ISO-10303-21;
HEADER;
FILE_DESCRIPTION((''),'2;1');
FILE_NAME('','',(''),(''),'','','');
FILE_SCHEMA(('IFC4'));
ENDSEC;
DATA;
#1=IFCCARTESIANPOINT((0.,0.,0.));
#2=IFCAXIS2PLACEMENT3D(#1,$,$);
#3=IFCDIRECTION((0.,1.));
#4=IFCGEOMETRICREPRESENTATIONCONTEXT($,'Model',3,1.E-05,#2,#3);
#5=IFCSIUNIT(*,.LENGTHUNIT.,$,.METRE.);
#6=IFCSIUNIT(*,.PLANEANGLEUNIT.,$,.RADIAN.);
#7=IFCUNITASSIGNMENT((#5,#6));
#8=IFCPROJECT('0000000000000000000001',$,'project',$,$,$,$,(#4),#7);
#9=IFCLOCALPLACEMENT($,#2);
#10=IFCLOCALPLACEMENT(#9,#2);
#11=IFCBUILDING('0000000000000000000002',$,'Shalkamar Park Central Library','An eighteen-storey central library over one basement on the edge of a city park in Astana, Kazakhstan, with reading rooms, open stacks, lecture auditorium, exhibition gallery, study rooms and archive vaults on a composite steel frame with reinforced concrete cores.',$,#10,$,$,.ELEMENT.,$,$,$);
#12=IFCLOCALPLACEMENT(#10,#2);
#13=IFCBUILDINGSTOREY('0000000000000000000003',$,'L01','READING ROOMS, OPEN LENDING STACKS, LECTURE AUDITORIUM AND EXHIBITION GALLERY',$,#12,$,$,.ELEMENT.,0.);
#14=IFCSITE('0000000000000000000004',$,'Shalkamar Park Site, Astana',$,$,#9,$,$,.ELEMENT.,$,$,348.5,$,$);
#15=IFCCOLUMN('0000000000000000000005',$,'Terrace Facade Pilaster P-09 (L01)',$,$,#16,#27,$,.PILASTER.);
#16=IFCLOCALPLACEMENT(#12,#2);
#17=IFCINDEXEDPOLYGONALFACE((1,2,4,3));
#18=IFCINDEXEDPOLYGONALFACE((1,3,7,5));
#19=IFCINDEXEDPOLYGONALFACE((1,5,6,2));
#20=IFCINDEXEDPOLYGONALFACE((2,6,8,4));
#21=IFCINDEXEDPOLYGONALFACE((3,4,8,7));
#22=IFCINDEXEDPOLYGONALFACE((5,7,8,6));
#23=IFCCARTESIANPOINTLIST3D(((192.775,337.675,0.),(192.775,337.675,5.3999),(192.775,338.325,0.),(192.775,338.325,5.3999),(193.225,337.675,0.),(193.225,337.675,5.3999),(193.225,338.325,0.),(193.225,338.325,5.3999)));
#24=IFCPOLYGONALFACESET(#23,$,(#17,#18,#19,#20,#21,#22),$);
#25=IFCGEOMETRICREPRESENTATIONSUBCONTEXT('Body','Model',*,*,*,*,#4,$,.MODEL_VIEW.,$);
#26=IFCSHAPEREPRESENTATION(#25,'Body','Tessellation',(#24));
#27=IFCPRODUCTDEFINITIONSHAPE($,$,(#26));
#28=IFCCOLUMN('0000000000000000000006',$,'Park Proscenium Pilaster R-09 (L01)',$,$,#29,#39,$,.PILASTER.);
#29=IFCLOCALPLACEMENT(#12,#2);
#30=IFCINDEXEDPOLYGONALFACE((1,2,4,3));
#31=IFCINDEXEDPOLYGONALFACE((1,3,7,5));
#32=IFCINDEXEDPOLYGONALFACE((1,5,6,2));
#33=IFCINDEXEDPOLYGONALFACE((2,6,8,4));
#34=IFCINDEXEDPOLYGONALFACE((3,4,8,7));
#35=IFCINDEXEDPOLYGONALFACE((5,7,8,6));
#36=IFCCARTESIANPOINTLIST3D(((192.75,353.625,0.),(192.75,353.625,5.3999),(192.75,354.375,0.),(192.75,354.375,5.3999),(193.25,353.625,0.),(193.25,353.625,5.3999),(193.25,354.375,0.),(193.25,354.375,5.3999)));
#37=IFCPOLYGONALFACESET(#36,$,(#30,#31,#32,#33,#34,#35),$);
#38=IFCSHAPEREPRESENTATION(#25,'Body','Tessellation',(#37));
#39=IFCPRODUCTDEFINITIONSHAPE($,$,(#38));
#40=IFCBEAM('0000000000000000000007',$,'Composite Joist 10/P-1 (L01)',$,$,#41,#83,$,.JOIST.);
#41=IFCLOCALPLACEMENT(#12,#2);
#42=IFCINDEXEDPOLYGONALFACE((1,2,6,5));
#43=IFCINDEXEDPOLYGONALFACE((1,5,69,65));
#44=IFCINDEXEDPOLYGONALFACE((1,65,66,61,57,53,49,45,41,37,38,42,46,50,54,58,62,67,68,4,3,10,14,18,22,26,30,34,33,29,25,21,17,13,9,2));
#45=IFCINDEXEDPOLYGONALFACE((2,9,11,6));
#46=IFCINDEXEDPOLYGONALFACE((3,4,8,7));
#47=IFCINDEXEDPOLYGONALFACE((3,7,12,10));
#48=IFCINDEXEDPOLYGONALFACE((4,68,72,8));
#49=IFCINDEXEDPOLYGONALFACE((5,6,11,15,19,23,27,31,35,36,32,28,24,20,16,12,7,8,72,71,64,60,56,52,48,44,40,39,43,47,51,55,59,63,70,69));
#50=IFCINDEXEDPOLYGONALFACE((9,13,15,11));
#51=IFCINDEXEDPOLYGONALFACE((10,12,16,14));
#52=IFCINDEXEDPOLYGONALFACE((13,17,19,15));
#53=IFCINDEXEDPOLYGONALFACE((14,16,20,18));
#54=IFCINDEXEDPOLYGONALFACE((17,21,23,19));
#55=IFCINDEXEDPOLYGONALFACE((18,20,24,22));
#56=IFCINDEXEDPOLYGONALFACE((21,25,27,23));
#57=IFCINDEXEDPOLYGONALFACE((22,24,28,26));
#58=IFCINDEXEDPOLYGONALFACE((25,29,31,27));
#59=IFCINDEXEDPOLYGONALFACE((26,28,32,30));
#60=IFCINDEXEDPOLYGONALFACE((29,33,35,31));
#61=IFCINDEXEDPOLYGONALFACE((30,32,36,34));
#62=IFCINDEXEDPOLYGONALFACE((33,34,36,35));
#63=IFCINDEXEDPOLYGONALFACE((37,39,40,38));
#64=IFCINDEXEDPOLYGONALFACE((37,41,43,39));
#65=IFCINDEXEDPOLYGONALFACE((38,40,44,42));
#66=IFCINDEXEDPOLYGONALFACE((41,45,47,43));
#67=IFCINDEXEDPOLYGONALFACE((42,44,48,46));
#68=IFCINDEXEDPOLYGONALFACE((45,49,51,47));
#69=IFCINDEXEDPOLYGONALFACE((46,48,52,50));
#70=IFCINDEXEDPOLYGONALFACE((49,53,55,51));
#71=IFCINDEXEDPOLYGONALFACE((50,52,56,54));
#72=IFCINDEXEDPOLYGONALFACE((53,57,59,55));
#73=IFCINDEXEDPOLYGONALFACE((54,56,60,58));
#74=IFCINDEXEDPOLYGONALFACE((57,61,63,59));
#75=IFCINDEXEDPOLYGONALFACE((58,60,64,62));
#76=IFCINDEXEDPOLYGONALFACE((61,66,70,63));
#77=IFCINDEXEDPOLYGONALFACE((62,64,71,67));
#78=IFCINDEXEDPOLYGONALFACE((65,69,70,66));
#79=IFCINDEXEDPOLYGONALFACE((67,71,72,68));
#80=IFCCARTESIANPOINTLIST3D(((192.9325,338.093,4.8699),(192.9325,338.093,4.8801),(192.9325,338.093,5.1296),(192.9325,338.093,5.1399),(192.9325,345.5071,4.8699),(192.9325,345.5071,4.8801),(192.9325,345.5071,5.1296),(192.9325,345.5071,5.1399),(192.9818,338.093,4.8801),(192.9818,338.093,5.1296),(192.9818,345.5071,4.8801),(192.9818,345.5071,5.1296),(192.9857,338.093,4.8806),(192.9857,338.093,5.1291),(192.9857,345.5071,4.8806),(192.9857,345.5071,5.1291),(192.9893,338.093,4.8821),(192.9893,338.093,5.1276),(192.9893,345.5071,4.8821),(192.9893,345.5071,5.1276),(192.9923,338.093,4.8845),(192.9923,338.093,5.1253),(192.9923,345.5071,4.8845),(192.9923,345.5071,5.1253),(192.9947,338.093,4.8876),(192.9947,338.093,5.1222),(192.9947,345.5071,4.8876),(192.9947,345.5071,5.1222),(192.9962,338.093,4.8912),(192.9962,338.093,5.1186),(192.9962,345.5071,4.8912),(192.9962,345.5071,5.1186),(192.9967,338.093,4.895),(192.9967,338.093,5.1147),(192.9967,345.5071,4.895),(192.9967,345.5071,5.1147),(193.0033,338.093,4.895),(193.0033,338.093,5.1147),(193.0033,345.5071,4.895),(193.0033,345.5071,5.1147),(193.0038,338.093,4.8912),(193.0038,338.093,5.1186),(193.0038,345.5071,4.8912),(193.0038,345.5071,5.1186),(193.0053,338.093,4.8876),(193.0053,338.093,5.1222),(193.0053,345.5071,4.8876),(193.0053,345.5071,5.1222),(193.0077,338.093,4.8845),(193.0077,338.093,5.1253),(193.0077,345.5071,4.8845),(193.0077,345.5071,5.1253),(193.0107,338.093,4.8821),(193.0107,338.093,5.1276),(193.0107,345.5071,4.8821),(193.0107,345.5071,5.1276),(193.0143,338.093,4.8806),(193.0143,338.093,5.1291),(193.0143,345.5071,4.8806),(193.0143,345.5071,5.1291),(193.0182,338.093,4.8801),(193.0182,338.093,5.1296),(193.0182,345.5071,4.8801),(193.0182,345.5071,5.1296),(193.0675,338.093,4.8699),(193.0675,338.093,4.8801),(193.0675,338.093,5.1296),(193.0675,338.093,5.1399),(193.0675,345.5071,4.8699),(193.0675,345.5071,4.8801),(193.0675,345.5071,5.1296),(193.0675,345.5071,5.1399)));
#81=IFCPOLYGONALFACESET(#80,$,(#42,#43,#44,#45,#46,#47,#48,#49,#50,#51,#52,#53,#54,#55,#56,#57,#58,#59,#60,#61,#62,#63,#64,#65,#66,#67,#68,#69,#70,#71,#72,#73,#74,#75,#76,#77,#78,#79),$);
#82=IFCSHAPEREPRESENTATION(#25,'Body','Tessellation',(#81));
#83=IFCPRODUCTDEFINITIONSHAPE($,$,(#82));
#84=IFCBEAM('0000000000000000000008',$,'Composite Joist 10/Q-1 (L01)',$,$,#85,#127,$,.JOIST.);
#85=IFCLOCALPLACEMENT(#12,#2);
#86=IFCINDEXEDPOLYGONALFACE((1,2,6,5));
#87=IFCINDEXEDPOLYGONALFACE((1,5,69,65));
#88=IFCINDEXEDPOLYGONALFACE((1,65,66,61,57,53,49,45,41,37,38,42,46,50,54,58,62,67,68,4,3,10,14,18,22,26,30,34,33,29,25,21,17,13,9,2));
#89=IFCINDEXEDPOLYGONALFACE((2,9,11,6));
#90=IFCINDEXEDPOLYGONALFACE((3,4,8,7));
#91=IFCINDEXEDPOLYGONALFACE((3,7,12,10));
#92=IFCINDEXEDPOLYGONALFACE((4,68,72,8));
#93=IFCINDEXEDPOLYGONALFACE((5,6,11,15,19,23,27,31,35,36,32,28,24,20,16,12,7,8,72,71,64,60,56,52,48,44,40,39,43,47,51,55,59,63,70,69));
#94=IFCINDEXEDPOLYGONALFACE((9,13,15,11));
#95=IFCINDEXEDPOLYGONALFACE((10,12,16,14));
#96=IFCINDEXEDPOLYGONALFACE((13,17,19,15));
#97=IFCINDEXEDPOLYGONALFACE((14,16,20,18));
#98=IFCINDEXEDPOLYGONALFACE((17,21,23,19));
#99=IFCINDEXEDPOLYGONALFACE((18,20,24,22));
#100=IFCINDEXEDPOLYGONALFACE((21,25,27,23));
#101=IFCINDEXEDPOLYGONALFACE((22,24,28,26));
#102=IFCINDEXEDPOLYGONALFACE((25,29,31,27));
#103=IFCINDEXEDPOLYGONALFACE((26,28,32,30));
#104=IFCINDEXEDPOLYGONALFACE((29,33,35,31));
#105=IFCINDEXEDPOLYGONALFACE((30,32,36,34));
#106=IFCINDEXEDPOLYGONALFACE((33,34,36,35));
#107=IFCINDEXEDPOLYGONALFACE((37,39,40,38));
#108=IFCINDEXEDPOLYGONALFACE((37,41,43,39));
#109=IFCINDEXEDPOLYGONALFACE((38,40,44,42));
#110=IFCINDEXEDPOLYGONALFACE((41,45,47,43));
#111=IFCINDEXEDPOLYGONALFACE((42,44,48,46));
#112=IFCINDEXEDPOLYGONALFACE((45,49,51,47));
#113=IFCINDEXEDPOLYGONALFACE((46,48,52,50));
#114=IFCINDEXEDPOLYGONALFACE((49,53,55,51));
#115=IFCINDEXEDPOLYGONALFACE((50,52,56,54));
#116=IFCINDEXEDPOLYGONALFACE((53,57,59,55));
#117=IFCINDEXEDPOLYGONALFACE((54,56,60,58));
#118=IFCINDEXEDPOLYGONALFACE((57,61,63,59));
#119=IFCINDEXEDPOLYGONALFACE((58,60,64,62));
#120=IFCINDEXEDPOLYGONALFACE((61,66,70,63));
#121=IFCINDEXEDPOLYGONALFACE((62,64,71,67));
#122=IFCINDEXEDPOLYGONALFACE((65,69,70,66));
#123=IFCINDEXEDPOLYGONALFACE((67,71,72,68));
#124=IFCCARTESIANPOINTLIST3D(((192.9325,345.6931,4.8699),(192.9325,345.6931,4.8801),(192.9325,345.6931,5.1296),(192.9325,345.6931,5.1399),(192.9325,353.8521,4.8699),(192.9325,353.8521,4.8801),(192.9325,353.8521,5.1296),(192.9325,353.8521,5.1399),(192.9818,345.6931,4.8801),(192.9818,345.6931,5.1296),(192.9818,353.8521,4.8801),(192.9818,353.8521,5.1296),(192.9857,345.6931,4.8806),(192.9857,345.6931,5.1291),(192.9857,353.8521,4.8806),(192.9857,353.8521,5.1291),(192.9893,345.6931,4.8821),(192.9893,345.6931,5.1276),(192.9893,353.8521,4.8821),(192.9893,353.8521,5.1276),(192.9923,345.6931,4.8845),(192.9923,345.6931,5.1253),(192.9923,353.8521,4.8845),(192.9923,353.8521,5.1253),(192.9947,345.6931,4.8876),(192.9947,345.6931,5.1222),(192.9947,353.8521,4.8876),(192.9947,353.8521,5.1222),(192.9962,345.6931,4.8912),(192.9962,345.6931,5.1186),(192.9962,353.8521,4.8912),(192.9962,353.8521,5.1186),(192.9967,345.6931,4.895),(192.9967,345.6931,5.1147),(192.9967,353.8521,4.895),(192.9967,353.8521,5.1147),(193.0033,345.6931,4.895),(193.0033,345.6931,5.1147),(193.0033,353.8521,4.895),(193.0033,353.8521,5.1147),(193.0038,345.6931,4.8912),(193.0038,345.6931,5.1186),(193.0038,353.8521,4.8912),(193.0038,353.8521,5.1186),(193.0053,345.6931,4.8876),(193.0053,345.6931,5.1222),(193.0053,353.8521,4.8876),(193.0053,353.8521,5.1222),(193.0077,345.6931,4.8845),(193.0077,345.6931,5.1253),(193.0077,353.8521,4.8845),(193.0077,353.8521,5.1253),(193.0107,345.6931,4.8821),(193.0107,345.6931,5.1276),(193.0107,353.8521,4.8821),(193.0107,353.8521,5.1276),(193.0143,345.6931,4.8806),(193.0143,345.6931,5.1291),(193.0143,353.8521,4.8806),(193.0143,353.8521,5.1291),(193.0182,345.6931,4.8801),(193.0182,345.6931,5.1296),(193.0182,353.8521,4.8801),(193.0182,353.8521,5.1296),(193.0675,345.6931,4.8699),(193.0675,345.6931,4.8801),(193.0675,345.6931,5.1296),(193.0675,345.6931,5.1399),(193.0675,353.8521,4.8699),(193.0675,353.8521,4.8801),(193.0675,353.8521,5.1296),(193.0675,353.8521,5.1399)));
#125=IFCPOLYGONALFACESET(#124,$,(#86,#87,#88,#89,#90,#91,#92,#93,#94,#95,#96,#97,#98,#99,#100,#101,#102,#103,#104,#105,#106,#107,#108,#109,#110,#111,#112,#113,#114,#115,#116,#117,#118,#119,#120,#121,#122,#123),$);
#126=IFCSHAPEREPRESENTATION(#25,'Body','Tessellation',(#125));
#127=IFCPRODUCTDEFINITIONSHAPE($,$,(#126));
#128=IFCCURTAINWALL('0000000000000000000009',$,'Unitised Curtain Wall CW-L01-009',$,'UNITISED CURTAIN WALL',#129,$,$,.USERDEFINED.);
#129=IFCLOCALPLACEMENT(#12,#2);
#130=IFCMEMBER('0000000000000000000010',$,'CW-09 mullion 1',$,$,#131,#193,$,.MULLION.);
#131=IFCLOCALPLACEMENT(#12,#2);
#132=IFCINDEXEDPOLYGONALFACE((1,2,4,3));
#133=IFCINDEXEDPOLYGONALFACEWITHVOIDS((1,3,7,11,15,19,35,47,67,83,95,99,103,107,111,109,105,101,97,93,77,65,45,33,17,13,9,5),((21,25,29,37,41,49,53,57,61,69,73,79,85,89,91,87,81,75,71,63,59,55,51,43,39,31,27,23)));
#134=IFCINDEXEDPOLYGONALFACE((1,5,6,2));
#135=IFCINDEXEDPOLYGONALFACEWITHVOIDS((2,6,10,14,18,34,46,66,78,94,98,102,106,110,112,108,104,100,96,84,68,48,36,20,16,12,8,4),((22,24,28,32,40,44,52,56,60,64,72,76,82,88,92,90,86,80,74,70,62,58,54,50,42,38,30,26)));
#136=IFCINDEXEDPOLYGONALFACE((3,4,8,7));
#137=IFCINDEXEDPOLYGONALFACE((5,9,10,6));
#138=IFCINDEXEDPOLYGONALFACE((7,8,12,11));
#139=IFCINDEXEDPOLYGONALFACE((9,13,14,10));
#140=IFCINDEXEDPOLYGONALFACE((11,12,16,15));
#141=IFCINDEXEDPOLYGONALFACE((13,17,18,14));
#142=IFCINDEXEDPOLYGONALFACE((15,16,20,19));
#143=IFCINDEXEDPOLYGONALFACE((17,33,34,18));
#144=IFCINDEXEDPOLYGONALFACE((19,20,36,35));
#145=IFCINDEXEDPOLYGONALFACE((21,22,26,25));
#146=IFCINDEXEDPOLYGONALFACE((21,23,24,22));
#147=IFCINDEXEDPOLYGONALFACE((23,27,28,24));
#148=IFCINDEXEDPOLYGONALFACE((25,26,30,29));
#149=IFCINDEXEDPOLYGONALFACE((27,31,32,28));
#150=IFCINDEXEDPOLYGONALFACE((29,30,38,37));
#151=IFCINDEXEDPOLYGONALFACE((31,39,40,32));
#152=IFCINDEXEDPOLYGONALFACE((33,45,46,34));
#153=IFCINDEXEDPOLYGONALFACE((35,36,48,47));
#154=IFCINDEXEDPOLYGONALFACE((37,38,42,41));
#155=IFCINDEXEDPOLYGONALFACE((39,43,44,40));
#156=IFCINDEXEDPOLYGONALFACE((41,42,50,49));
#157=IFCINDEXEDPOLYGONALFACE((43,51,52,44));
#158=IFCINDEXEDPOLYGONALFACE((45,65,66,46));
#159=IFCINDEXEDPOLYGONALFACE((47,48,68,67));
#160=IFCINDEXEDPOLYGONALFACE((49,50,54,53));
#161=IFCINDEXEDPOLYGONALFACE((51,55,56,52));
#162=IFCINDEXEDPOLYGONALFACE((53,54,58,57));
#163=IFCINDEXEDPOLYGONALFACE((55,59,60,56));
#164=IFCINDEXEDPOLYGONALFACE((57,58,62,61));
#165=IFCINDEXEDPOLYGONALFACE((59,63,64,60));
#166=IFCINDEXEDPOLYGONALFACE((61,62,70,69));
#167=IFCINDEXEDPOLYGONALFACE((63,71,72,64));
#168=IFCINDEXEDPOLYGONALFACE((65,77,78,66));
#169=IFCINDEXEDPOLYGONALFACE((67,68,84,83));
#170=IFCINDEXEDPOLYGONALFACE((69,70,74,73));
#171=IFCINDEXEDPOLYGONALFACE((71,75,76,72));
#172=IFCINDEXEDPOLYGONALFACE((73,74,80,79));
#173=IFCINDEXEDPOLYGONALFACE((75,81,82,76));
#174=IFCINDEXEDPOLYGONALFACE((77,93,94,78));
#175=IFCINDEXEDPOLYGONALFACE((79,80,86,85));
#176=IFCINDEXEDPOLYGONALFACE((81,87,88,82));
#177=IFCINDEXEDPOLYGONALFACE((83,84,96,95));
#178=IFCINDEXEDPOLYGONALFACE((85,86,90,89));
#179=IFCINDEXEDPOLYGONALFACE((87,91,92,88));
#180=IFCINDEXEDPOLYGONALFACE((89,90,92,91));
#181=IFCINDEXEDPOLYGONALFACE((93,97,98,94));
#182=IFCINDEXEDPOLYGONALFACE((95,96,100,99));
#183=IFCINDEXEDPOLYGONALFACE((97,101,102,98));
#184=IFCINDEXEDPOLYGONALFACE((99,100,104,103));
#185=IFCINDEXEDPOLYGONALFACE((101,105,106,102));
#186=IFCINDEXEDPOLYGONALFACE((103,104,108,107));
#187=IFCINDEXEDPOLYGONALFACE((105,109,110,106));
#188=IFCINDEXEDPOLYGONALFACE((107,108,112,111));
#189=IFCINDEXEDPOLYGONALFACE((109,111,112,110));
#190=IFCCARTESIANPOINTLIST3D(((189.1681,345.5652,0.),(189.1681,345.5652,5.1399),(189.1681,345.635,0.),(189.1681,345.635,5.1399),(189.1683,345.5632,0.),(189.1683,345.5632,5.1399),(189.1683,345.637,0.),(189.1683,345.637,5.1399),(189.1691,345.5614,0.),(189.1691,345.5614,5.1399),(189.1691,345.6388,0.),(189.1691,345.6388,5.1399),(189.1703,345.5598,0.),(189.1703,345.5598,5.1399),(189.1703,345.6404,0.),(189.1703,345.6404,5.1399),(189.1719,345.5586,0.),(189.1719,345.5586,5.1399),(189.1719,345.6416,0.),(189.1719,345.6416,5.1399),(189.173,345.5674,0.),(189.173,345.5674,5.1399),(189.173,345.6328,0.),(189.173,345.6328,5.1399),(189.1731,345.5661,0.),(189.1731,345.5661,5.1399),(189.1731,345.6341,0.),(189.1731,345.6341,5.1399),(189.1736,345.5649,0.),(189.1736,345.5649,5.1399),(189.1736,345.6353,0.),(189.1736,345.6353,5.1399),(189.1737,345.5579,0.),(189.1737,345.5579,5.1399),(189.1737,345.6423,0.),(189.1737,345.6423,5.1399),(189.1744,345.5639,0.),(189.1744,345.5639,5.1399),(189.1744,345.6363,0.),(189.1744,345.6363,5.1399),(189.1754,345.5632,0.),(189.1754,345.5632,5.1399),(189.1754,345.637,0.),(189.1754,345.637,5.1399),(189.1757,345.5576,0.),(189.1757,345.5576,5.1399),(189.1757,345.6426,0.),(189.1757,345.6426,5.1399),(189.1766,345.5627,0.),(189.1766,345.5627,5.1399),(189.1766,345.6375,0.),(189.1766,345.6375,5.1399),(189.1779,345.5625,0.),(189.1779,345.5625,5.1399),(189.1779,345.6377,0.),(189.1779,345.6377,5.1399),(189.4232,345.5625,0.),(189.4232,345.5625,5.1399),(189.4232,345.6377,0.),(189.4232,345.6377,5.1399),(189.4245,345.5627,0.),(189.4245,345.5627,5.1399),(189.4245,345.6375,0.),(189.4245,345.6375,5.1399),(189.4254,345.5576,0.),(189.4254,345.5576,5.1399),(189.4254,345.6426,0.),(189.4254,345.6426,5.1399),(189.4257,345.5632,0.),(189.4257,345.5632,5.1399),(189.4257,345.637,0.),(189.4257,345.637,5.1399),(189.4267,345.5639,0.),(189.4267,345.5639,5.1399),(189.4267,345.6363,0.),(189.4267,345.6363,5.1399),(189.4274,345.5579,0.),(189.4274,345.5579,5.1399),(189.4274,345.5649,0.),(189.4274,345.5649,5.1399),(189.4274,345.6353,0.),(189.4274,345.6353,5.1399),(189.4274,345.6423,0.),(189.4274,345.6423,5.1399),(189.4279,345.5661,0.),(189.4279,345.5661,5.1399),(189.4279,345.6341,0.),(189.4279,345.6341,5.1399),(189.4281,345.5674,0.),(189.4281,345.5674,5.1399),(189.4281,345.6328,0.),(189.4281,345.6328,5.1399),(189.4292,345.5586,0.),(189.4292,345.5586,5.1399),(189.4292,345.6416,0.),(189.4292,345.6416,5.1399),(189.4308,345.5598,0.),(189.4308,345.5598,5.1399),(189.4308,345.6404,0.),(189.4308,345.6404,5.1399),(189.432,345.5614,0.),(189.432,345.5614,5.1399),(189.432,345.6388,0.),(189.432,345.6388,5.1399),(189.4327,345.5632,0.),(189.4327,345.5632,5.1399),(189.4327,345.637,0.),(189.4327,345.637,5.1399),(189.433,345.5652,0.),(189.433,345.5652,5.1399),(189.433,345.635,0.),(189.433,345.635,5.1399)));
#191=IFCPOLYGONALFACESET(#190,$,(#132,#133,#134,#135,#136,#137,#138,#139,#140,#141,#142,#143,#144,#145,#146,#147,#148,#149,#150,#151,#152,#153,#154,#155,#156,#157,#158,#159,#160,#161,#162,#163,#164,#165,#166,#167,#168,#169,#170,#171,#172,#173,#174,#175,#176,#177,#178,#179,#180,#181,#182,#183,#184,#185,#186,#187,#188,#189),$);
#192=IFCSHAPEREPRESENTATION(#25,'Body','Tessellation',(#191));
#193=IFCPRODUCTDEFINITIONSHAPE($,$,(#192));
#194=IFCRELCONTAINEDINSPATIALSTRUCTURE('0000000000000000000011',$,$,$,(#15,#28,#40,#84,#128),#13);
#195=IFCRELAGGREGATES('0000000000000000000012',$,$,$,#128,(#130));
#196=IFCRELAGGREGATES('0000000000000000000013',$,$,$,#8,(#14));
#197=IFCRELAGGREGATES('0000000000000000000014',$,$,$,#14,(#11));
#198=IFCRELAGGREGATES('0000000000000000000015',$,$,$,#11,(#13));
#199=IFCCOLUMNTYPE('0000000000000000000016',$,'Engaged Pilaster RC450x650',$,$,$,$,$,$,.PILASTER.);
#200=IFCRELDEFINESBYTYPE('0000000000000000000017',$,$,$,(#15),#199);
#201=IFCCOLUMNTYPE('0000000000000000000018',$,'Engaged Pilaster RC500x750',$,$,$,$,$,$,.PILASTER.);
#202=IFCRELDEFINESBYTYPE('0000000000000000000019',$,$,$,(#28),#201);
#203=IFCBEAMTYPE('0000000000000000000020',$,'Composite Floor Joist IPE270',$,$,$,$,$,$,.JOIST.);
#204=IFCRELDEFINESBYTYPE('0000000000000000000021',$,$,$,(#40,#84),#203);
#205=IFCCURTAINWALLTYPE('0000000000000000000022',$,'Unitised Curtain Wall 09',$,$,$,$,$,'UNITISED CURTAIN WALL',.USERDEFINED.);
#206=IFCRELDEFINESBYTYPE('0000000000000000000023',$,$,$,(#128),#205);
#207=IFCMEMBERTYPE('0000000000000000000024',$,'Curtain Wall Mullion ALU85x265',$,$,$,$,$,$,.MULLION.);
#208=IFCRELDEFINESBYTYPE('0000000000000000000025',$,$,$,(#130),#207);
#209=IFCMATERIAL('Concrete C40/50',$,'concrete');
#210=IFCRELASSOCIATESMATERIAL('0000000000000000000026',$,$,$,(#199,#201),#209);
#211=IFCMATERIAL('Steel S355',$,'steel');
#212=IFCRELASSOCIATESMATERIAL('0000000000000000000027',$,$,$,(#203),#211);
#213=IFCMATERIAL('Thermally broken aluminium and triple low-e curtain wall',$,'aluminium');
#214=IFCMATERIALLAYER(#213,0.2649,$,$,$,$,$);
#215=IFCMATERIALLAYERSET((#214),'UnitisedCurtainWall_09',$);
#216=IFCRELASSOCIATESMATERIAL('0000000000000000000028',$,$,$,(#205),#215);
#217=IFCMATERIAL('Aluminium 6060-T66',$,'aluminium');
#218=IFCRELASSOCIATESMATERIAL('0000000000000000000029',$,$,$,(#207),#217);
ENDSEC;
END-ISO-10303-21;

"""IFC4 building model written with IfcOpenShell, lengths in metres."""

from ifc_helpers import new_model, si_unit, direction, frame, origin, origin_2d, place, context, subcontext, project, spatial, rectangle, hollow_rectangle, i_section, extrude, material, layer, layer_set, material_profile, profile_set, type_object, element, aggregate, save


model = new_model("IFC4")

# Units and contexts
model_context = context("Model", 3, precision=1e-05, world=origin(), true_north=direction((0.0, 1.0)))
body_context = subcontext(model_context, "Body", "Model", "MODEL_VIEW")
ifc_project = project(units=[si_unit("LENGTHUNIT", "METRE"), si_unit("PLANEANGLEUNIT", "RADIAN")], contexts=[model_context])

# Site, building, storey
site_placement = place(None, origin())
site = spatial("IfcSite", under=ifc_project, at=site_placement, Name="Shalkamar Park Site, Astana", CompositionType="ELEMENT", RefElevation=348.5)
building_placement = place(site_placement, origin())
building = spatial("IfcBuilding", under=site, at=building_placement, Name="Shalkamar Park Central Library", Description="An eighteen-storey central library over one basement on the edge of a city park in Astana, Kazakhstan, with reading rooms, open stacks, lecture auditorium, exhibition gallery, study rooms and archive vaults on a composite steel frame with reinforced concrete cores.", CompositionType="ELEMENT")
storey_placement = place(building_placement, origin())
storey = spatial("IfcBuildingStorey", under=building, at=storey_placement, Name="L01", Description="READING ROOMS, OPEN LENDING STACKS, LECTURE AUDITORIUM AND EXHIBITION GALLERY", CompositionType="ELEMENT", Elevation=0.0)

# Columns
ifc_material_1 = material(Name="Steel S355", Category="steel")
ifc_material_2 = material(Name="Concrete C40/50", Category="concrete")
ifc_material_profile_1 = material_profile(ifc_material_2, rectangle(XDim=0.45, YDim=0.6499, at=origin_2d()), Name="RC 450x650")
ifc_profile_set_1 = profile_set([ifc_material_profile_1], Name="Concrete C40/50")
column_type_1 = type_object("IfcColumnType", Name="Engaged Pilaster RC450x650", PredefinedType="PILASTER", material=ifc_profile_set_1)
column_1_placement = place(storey_placement, frame((193.0, 338.0, 0.0), z_axis=(0.0, 0.0, 1.0), x_axis=(1.0, 0.0, 0.0)))
element("IfcColumn", 1, at=column_1_placement, inside=storey, type_object=column_type_1, Name="Terrace Facade Pilaster P-09 (L01)", PredefinedType="PILASTER", context=body_context, shape_type="SweptSolid", body=[
    extrude(rectangle(XDim=0.45, YDim=0.6499, at=origin_2d()), origin(), (0.0, 0.0, 1.0), 5.3999),
])
ifc_material_profile_2 = material_profile(ifc_material_2, rectangle(XDim=0.5, YDim=0.75, at=origin_2d()), Name="RC 500x750")
ifc_profile_set_2 = profile_set([ifc_material_profile_2], Name="Concrete C40/50")
column_type_2 = type_object("IfcColumnType", Name="Engaged Pilaster RC500x750", PredefinedType="PILASTER", material=ifc_profile_set_2)
column_2_placement = place(storey_placement, frame((193.0, 354.0, 0.0), z_axis=(0.0, 0.0, 1.0), x_axis=(1.0, 0.0, 0.0)))
element("IfcColumn", 2, at=column_2_placement, inside=storey, type_object=column_type_2, Name="Park Proscenium Pilaster R-09 (L01)", PredefinedType="PILASTER", context=body_context, shape_type="SweptSolid", body=[
    extrude(rectangle(XDim=0.5, YDim=0.75, at=origin_2d()), origin(), (0.0, 0.0, 1.0), 5.3999),
])

# Beams
ifc_material_profile_3 = material_profile(ifc_material_1, i_section(OverallWidth=0.135, OverallDepth=0.27, WebThickness=0.0066, FlangeThickness=0.0103, FilletRadius=0.0149, at=origin_2d()), Name="IPE 270")
ifc_profile_set_3 = profile_set([ifc_material_profile_3], Name="Steel S355")
beam_type_1 = type_object("IfcBeamType", Name="Composite Floor Joist IPE270", PredefinedType="JOIST", material=ifc_profile_set_3)
beam_1_placement = place(storey_placement, frame((193.0, 338.093, 5.0049), z_axis=(0.0, 1.0, 0.0), x_axis=(-1.0, 0.0, 0.0)))
element("IfcBeam", 3, at=beam_1_placement, inside=storey, type_object=beam_type_1, Name="Composite Joist 10/P-1 (L01)", PredefinedType="JOIST", context=body_context, shape_type="SweptSolid", body=[
    extrude(i_section(OverallWidth=0.135, OverallDepth=0.27, WebThickness=0.0066, FlangeThickness=0.0103, FilletRadius=0.0149, at=origin_2d()), origin(), (0.0, 0.0, 1.0), 7.4141),
])
beam_2_placement = place(storey_placement, frame((193.0, 345.6931, 5.0049), z_axis=(0.0, 1.0, 0.0), x_axis=(-1.0, 0.0, 0.0)))
element("IfcBeam", 4, at=beam_2_placement, inside=storey, type_object=beam_type_1, Name="Composite Joist 10/Q-1 (L01)", PredefinedType="JOIST", context=body_context, shape_type="SweptSolid", body=[
    extrude(i_section(OverallWidth=0.135, OverallDepth=0.27, WebThickness=0.0066, FlangeThickness=0.0103, FilletRadius=0.0149, at=origin_2d()), origin(), (0.0, 0.0, 1.0), 8.1589),
])

# Curtain wall, member
ifc_material_3 = material(Name="Thermally broken aluminium and triple low-e curtain wall", Category="aluminium")
ifc_layer_1 = layer(ifc_material_3, 0.2649)
ifc_layer_set_1 = layer_set([ifc_layer_1], Name="UnitisedCurtainWall_09")
curtain_wall_type = type_object("IfcCurtainWallType", Name="Unitised Curtain Wall 09", ElementType="UNITISED CURTAIN WALL", PredefinedType="USERDEFINED", material=ifc_layer_set_1)
curtain_wall_placement = place(storey_placement, origin())
curtain_wall = element("IfcCurtainWall", 5, at=curtain_wall_placement, inside=storey, type_object=curtain_wall_type, Name="Unitised Curtain Wall CW-L01-009", ObjectType="UNITISED CURTAIN WALL", PredefinedType="USERDEFINED")
ifc_material_4 = material(Name="Aluminium 6060-T66", Category="aluminium")
ifc_material_profile_4 = material_profile(ifc_material_4, hollow_rectangle(XDim=0.085, YDim=0.2649, WallThickness=0.0049, InnerFilletRadius=0.0049, OuterFilletRadius=0.0076, at=origin_2d()), Name="ALU 85x265x5")
ifc_profile_set_4 = profile_set([ifc_material_profile_4], Name="Aluminium 6060-T66")
member_type_1 = type_object("IfcMemberType", Name="Curtain Wall Mullion ALU85x265", PredefinedType="MULLION", material=ifc_profile_set_4)
member_1_placement = place(storey_placement, frame((189.3005, 345.6001, 0.0), z_axis=(0.0, 0.0, 1.0), x_axis=(0.0, 1.0, 0.0)))
member_1 = element("IfcMember", 6, at=member_1_placement, type_object=member_type_1, Name="CW-09 mullion 1", PredefinedType="MULLION", context=body_context, shape_type="SweptSolid", body=[
    extrude(hollow_rectangle(XDim=0.085, YDim=0.2649, WallThickness=0.0049, InnerFilletRadius=0.0049, OuterFilletRadius=0.0076, at=origin_2d()), origin(), (0.0, 0.0, 1.0), 5.1399),
])

aggregate(curtain_wall, [member_1])

save(model, "model.ifc")
